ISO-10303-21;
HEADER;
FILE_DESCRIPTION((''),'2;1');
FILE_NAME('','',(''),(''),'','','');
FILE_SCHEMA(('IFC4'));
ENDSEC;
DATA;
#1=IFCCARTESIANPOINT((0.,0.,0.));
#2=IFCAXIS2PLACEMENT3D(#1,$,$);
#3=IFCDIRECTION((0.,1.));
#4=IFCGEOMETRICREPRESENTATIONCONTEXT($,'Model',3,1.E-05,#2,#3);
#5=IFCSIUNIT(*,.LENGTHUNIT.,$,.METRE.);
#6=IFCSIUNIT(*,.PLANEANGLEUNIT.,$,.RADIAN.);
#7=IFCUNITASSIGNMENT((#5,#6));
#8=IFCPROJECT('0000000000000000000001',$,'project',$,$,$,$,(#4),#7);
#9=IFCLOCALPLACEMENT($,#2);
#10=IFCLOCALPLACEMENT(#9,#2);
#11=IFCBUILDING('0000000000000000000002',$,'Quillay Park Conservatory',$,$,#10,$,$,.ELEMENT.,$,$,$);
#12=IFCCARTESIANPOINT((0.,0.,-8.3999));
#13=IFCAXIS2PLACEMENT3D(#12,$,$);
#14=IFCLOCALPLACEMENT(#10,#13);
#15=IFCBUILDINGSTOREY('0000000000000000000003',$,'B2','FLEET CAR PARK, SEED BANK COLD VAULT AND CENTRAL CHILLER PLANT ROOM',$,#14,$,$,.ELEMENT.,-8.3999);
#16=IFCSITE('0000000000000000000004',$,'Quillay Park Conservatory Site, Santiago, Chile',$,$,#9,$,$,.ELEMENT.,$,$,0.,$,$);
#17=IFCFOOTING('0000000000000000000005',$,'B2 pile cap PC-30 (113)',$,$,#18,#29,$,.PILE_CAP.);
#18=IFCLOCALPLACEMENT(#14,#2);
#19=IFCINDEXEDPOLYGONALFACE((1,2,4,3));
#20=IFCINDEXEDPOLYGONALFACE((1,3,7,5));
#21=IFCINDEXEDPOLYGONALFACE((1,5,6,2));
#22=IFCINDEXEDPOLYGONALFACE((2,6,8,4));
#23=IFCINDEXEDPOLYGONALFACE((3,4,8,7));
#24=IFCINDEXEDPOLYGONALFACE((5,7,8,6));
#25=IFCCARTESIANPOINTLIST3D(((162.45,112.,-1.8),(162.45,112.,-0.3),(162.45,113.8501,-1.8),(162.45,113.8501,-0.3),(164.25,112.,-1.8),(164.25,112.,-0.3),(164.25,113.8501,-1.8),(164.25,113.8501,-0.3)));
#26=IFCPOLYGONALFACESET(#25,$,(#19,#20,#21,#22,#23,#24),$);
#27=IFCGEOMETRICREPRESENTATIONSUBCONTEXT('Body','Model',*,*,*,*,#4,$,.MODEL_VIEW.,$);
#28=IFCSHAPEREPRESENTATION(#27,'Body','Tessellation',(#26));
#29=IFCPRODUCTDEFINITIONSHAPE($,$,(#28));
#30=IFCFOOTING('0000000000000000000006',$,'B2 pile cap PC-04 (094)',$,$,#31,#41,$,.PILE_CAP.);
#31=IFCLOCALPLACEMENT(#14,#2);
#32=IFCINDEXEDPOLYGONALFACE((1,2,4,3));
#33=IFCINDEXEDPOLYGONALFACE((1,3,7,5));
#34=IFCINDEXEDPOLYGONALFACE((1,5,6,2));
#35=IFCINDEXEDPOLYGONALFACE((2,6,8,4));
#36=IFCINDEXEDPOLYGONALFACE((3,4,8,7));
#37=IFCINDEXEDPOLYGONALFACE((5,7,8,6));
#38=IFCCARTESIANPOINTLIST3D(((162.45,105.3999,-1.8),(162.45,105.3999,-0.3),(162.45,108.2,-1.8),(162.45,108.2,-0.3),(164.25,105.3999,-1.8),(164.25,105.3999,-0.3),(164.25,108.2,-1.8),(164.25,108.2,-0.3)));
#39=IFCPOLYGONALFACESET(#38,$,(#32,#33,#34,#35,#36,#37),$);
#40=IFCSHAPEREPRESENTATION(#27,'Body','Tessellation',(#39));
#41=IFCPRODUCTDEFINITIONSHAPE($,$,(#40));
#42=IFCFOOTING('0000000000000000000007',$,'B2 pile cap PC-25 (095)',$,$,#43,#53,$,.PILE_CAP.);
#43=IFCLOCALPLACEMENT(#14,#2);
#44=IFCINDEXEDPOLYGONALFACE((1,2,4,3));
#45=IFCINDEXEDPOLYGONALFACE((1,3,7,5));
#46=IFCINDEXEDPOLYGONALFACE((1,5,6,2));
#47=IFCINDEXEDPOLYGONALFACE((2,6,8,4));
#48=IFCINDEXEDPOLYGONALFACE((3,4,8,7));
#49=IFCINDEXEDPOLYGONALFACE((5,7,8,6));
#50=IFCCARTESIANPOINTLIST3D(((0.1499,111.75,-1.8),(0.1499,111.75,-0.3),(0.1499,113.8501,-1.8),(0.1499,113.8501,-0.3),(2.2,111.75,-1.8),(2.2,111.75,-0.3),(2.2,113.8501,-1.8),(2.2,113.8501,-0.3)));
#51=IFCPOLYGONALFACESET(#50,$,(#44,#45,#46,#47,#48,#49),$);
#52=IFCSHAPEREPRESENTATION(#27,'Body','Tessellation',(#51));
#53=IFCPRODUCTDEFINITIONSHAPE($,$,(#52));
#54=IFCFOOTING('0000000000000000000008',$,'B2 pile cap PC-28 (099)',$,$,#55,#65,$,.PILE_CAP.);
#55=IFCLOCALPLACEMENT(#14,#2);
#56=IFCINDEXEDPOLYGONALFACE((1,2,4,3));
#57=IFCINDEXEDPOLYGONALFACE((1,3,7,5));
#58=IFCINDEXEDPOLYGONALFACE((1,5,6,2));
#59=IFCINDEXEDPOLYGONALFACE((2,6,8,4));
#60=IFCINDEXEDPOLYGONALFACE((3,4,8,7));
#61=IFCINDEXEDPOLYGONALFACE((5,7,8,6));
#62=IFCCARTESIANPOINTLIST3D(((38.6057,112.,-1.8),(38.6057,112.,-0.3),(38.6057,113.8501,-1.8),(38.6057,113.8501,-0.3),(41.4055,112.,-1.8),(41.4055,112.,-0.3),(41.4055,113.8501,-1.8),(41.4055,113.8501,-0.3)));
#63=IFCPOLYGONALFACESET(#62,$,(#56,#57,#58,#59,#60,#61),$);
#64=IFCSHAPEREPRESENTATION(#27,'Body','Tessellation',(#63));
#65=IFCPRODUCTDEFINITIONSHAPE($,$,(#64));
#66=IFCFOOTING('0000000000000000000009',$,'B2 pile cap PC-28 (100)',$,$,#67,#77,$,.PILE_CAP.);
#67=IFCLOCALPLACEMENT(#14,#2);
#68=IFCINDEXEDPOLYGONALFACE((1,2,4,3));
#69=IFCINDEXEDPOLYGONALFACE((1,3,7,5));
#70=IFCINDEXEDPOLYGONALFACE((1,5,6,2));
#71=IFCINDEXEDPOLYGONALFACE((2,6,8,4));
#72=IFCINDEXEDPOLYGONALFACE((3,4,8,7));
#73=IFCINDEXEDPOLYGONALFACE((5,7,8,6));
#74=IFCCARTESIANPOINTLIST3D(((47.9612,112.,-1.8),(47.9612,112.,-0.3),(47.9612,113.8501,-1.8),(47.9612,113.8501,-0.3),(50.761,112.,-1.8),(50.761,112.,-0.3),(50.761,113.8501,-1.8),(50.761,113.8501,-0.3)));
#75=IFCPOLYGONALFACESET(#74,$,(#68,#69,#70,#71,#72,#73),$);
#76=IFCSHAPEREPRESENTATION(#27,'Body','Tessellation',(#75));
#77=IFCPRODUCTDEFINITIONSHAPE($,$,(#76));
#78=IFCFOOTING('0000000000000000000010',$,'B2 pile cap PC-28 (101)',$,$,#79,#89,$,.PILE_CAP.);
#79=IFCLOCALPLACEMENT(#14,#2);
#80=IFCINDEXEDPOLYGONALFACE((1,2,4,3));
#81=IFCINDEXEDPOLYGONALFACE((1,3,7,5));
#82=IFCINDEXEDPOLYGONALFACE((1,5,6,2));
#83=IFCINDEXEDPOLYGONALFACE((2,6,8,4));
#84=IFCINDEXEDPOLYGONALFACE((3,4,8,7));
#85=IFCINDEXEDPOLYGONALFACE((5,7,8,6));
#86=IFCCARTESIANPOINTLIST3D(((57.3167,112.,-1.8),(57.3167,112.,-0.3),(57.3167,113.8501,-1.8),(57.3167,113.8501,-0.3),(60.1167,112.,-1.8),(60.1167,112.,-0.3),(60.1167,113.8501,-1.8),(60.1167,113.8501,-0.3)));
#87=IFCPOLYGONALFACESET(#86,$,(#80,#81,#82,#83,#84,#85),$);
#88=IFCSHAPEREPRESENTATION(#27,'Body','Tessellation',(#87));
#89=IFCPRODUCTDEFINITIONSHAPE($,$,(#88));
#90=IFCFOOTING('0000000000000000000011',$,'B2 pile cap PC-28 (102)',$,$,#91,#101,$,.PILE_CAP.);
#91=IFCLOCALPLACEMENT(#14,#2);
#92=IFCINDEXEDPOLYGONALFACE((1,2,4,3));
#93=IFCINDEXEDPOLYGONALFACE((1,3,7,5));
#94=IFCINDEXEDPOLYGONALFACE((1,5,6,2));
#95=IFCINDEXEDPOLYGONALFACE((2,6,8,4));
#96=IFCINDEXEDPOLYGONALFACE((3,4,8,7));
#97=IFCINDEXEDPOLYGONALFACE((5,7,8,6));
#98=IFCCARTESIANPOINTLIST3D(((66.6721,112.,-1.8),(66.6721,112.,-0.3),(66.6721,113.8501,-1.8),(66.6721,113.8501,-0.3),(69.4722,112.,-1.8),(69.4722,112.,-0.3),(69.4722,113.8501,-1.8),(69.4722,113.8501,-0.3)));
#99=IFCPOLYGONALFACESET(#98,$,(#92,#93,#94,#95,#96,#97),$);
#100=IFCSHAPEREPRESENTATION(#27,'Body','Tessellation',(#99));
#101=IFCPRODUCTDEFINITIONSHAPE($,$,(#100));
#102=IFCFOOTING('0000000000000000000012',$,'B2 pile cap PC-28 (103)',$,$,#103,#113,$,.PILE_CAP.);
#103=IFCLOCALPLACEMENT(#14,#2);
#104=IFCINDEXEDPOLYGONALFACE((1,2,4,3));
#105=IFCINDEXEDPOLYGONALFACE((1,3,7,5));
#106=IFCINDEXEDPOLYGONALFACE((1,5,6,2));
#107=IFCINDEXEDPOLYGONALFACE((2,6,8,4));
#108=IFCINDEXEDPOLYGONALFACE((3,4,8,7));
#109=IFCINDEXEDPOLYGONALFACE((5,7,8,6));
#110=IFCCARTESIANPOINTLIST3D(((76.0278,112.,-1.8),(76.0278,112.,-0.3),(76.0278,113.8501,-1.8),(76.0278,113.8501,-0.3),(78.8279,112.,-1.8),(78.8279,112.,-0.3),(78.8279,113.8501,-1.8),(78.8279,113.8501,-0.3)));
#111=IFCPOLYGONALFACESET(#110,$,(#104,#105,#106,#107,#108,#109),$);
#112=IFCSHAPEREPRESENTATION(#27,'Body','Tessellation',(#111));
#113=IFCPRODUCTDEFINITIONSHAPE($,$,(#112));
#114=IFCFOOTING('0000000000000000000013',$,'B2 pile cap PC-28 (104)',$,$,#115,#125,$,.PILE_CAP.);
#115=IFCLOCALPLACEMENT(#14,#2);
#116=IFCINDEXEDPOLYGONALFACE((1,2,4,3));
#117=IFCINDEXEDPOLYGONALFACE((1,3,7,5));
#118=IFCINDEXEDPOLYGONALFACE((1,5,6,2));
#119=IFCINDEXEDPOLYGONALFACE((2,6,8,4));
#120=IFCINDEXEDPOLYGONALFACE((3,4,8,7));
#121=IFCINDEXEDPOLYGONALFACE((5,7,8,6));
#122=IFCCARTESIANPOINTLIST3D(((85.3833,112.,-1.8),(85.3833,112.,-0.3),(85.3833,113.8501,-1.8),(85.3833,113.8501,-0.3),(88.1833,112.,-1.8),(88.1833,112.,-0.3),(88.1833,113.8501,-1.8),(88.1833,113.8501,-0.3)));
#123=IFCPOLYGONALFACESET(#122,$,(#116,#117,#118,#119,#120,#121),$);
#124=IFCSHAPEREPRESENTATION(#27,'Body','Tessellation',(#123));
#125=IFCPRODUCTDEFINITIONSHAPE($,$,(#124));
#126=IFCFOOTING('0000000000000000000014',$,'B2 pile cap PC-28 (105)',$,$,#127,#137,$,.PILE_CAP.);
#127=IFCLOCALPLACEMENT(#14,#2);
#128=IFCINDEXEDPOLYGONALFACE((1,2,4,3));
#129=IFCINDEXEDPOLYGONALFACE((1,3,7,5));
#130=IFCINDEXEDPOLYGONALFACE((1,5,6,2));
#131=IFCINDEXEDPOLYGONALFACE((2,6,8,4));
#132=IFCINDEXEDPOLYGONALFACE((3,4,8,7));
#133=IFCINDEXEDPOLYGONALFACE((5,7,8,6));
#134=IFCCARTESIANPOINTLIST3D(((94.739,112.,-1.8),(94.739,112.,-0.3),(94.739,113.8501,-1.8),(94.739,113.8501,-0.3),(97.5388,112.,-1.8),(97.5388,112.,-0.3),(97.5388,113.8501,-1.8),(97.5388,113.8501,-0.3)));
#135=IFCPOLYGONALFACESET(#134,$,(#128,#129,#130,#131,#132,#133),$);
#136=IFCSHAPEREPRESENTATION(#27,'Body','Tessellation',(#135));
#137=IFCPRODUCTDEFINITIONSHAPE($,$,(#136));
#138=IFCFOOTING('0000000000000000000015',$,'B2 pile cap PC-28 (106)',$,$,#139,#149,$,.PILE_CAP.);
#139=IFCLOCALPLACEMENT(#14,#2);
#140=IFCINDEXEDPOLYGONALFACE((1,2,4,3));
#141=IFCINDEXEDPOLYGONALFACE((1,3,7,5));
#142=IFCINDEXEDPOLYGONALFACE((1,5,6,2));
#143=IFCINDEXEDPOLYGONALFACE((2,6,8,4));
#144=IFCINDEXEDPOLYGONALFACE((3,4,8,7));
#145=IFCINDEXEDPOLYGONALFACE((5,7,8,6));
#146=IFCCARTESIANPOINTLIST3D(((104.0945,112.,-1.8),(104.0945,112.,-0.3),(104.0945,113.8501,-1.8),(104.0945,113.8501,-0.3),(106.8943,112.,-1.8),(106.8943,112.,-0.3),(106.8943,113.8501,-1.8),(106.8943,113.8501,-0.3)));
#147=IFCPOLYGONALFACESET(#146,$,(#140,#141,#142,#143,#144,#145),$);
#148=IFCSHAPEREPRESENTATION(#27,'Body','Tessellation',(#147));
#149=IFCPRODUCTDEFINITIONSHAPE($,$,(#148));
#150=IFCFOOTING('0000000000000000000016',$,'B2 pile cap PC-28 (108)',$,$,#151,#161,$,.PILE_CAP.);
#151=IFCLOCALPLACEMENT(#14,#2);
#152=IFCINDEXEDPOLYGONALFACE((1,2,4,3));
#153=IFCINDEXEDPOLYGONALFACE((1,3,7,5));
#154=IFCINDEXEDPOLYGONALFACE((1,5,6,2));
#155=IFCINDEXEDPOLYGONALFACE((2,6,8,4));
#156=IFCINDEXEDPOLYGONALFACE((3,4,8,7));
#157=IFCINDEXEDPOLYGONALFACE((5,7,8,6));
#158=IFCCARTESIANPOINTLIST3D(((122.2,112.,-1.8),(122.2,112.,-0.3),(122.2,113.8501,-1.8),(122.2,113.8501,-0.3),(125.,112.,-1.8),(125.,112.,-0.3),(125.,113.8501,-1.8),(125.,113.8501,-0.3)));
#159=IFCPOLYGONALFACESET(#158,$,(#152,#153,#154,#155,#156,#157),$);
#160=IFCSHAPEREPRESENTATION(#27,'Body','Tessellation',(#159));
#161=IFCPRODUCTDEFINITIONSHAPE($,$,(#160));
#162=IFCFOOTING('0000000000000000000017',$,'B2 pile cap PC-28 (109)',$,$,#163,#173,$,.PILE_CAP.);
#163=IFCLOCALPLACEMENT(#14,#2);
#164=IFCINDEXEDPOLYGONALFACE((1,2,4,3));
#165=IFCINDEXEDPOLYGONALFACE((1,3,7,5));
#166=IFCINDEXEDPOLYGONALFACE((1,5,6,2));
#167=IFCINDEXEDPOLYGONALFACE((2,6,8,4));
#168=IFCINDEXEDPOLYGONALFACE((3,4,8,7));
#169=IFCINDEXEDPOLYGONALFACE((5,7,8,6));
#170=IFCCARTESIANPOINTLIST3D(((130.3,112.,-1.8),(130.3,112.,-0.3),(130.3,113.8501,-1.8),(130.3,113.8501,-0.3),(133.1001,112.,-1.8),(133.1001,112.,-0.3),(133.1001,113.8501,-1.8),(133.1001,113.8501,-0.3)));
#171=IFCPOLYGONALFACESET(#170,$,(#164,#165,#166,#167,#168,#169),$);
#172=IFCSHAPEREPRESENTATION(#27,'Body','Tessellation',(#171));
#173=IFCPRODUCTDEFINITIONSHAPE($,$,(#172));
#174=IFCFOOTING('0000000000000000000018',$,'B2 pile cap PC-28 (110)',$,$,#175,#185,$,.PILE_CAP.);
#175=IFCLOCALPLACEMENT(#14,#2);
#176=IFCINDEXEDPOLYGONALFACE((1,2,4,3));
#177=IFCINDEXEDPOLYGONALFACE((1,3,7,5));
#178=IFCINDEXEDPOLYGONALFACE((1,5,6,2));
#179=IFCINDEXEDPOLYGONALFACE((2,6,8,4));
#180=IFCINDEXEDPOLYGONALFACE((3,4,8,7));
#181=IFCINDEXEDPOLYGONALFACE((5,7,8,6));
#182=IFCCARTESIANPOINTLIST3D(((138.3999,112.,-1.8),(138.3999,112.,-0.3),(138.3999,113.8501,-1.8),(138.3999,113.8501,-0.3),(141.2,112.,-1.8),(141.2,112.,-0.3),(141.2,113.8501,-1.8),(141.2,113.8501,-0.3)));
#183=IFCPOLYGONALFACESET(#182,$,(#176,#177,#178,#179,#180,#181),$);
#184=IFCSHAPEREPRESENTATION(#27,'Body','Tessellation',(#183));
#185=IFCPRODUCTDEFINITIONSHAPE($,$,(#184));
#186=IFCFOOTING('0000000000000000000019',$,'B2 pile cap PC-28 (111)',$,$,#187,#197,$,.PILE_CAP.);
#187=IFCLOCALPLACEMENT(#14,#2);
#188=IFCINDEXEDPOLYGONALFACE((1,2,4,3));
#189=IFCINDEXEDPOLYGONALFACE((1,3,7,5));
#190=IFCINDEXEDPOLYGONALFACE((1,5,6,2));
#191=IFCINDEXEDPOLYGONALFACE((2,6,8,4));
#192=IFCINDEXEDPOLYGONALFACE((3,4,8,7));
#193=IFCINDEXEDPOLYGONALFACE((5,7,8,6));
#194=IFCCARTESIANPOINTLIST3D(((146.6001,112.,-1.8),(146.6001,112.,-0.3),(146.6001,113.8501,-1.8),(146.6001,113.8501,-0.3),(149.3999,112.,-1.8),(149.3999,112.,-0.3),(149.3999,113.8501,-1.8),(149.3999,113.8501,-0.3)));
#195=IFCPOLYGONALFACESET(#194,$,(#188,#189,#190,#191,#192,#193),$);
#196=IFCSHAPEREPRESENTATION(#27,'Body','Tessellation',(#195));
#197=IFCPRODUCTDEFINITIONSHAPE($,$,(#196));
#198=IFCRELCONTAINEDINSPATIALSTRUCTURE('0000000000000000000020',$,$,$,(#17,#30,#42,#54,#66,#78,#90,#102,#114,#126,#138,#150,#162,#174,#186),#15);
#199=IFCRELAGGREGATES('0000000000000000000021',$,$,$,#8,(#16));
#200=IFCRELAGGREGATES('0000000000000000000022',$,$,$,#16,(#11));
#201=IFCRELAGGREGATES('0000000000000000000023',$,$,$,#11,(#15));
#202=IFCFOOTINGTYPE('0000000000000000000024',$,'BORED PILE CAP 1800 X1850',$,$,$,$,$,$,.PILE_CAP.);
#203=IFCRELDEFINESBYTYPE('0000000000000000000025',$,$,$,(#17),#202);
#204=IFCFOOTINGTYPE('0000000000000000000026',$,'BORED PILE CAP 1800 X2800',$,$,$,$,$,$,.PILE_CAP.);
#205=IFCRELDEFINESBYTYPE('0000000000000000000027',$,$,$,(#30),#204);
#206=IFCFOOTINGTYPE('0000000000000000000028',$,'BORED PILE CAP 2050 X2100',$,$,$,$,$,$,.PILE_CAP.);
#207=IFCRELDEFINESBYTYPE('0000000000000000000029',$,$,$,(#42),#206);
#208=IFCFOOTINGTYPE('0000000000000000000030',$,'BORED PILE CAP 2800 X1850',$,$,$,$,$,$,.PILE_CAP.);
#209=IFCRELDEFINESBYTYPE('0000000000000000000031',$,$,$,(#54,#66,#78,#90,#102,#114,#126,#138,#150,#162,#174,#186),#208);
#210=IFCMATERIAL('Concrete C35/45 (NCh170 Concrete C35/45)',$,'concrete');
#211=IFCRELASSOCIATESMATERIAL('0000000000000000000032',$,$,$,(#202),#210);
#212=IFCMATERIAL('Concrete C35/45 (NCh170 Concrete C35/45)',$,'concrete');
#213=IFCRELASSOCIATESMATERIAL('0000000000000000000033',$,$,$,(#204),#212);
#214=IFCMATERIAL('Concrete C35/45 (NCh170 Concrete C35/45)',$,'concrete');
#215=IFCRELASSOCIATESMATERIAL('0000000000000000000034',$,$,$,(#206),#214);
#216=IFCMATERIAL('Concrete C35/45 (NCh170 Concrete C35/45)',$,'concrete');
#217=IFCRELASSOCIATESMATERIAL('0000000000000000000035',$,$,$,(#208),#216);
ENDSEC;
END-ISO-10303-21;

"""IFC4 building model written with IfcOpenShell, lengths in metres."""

from ifc_helpers import new_model, si_unit, direction, frame, origin, place, context, subcontext, project, spatial, polyline, outline, extrude, material, type_object, element, save


model = new_model("IFC4")

# Units and contexts
model_context = context("Model", 3, precision=1e-05, world=origin(), true_north=direction((0.0, 1.0)))
body_context = subcontext(model_context, "Body", "Model", "MODEL_VIEW")
ifc_project = project(units=[si_unit("LENGTHUNIT", "METRE"), si_unit("PLANEANGLEUNIT", "RADIAN")], contexts=[model_context])

# Site, building, storey
site_placement = place(None, origin())
site = spatial("IfcSite", under=ifc_project, at=site_placement, Name="Quillay Park Conservatory Site, Santiago, Chile", CompositionType="ELEMENT", RefElevation=0.0)
building_placement = place(site_placement, origin())
building = spatial("IfcBuilding", under=site, at=building_placement, Name="Quillay Park Conservatory", CompositionType="ELEMENT")
storey_placement = place(building_placement, frame((0.0, 0.0, -8.3999)))
storey = spatial("IfcBuildingStorey", under=building, at=storey_placement, Name="B2", Description="FLEET CAR PARK, SEED BANK COLD VAULT AND CENTRAL CHILLER PLANT ROOM", CompositionType="ELEMENT", Elevation=-8.3999)

# Footings
ifc_material_1 = material(Name="Concrete C35/45 (NCh170 Concrete C35/45)", Category="concrete")
footing_type_1 = type_object("IfcFootingType", Name="BORED PILE CAP 1800 X1850", PredefinedType="PILE_CAP", material=ifc_material_1)
footing_1_placement = place(storey_placement, frame((0.0, 0.0, -1.8)))
element("IfcFooting", 1, at=footing_1_placement, inside=storey, type_object=footing_type_1, Name="B2 pile cap PC-30 (113)", PredefinedType="PILE_CAP", context=body_context, shape_type="SweptSolid", body=[
    extrude(outline(polyline([(162.45, 112.0), (164.25, 112.0), (164.25, 113.8501), (162.45, 113.8501), (162.45, 112.0)])), origin(), (0.0, 0.0, 1.0), 1.5),
])
ifc_material_2 = material(Name="Concrete C35/45 (NCh170 Concrete C35/45)", Category="concrete")
footing_type_2 = type_object("IfcFootingType", Name="BORED PILE CAP 1800 X2800", PredefinedType="PILE_CAP", material=ifc_material_2)
footing_2_placement = place(storey_placement, frame((0.0, 0.0, -1.8)))
element("IfcFooting", 2, at=footing_2_placement, inside=storey, type_object=footing_type_2, Name="B2 pile cap PC-04 (094)", PredefinedType="PILE_CAP", context=body_context, shape_type="SweptSolid", body=[
    extrude(outline(polyline([(162.45, 105.3999), (164.25, 105.3999), (164.25, 108.2), (162.45, 108.2), (162.45, 105.3999)])), origin(), (0.0, 0.0, 1.0), 1.5),
])
ifc_material_3 = material(Name="Concrete C35/45 (NCh170 Concrete C35/45)", Category="concrete")
footing_type_3 = type_object("IfcFootingType", Name="BORED PILE CAP 2050 X2100", PredefinedType="PILE_CAP", material=ifc_material_3)
footing_3_placement = place(storey_placement, frame((0.0, 0.0, -1.8)))
element("IfcFooting", 3, at=footing_3_placement, inside=storey, type_object=footing_type_3, Name="B2 pile cap PC-25 (095)", PredefinedType="PILE_CAP", context=body_context, shape_type="SweptSolid", body=[
    extrude(outline(polyline([(0.1499, 111.75), (2.2, 111.75), (2.2, 113.8501), (0.1499, 113.8501), (0.1499, 111.75)])), origin(), (0.0, 0.0, 1.0), 1.5),
])
ifc_material_4 = material(Name="Concrete C35/45 (NCh170 Concrete C35/45)", Category="concrete")
footing_type_4 = type_object("IfcFootingType", Name="BORED PILE CAP 2800 X1850", PredefinedType="PILE_CAP", material=ifc_material_4)
footing_4_placement = place(storey_placement, frame((0.0, 0.0, -1.8)))
element("IfcFooting", 4, at=footing_4_placement, inside=storey, type_object=footing_type_4, Name="B2 pile cap PC-28 (099)", PredefinedType="PILE_CAP", context=body_context, shape_type="SweptSolid", body=[
    extrude(outline(polyline([(38.6057, 112.0), (41.4055, 112.0), (41.4055, 113.8501), (38.6057, 113.8501), (38.6057, 112.0)])), origin(), (0.0, 0.0, 1.0), 1.5),
])
footing_5_placement = place(storey_placement, frame((0.0, 0.0, -1.8)))
element("IfcFooting", 5, at=footing_5_placement, inside=storey, type_object=footing_type_4, Name="B2 pile cap PC-28 (100)", PredefinedType="PILE_CAP", context=body_context, shape_type="SweptSolid", body=[
    extrude(outline(polyline([(47.9612, 112.0), (50.761, 112.0), (50.761, 113.8501), (47.9612, 113.8501), (47.9612, 112.0)])), origin(), (0.0, 0.0, 1.0), 1.5),
])
footing_6_placement = place(storey_placement, frame((0.0, 0.0, -1.8)))
element("IfcFooting", 6, at=footing_6_placement, inside=storey, type_object=footing_type_4, Name="B2 pile cap PC-28 (101)", PredefinedType="PILE_CAP", context=body_context, shape_type="SweptSolid", body=[
    extrude(outline(polyline([(57.3167, 112.0), (60.1167, 112.0), (60.1167, 113.8501), (57.3167, 113.8501), (57.3167, 112.0)])), origin(), (0.0, 0.0, 1.0), 1.5),
])
footing_7_placement = place(storey_placement, frame((0.0, 0.0, -1.8)))
element("IfcFooting", 7, at=footing_7_placement, inside=storey, type_object=footing_type_4, Name="B2 pile cap PC-28 (102)", PredefinedType="PILE_CAP", context=body_context, shape_type="SweptSolid", body=[
    extrude(outline(polyline([(66.6721, 112.0), (69.4722, 112.0), (69.4722, 113.8501), (66.6721, 113.8501), (66.6721, 112.0)])), origin(), (0.0, 0.0, 1.0), 1.5),
])
footing_8_placement = place(storey_placement, frame((0.0, 0.0, -1.8)))
element("IfcFooting", 8, at=footing_8_placement, inside=storey, type_object=footing_type_4, Name="B2 pile cap PC-28 (103)", PredefinedType="PILE_CAP", context=body_context, shape_type="SweptSolid", body=[
    extrude(outline(polyline([(76.0278, 112.0), (78.8279, 112.0), (78.8279, 113.8501), (76.0278, 113.8501), (76.0278, 112.0)])), origin(), (0.0, 0.0, 1.0), 1.5),
])
footing_9_placement = place(storey_placement, frame((0.0, 0.0, -1.8)))
element("IfcFooting", 9, at=footing_9_placement, inside=storey, type_object=footing_type_4, Name="B2 pile cap PC-28 (104)", PredefinedType="PILE_CAP", context=body_context, shape_type="SweptSolid", body=[
    extrude(outline(polyline([(85.3833, 112.0), (88.1833, 112.0), (88.1833, 113.8501), (85.3833, 113.8501), (85.3833, 112.0)])), origin(), (0.0, 0.0, 1.0), 1.5),
])
footing_10_placement = place(storey_placement, frame((0.0, 0.0, -1.8)))
element("IfcFooting", 10, at=footing_10_placement, inside=storey, type_object=footing_type_4, Name="B2 pile cap PC-28 (105)", PredefinedType="PILE_CAP", context=body_context, shape_type="SweptSolid", body=[
    extrude(outline(polyline([(94.739, 112.0), (97.5388, 112.0), (97.5388, 113.8501), (94.739, 113.8501), (94.739, 112.0)])), origin(), (0.0, 0.0, 1.0), 1.5),
])
footing_11_placement = place(storey_placement, frame((0.0, 0.0, -1.8)))
element("IfcFooting", 11, at=footing_11_placement, inside=storey, type_object=footing_type_4, Name="B2 pile cap PC-28 (106)", PredefinedType="PILE_CAP", context=body_context, shape_type="SweptSolid", body=[
    extrude(outline(polyline([(104.0945, 112.0), (106.8943, 112.0), (106.8943, 113.8501), (104.0945, 113.8501), (104.0945, 112.0)])), origin(), (0.0, 0.0, 1.0), 1.5),
])
footing_12_placement = place(storey_placement, frame((0.0, 0.0, -1.8)))
element("IfcFooting", 12, at=footing_12_placement, inside=storey, type_object=footing_type_4, Name="B2 pile cap PC-28 (108)", PredefinedType="PILE_CAP", context=body_context, shape_type="SweptSolid", body=[
    extrude(outline(polyline([(122.2, 112.0), (125.0, 112.0), (125.0, 113.8501), (122.2, 113.8501), (122.2, 112.0)])), origin(), (0.0, 0.0, 1.0), 1.5),
])
footing_13_placement = place(storey_placement, frame((0.0, 0.0, -1.8)))
element("IfcFooting", 13, at=footing_13_placement, inside=storey, type_object=footing_type_4, Name="B2 pile cap PC-28 (109)", PredefinedType="PILE_CAP", context=body_context, shape_type="SweptSolid", body=[
    extrude(outline(polyline([(130.3, 112.0), (133.1001, 112.0), (133.1001, 113.8501), (130.3, 113.8501), (130.3, 112.0)])), origin(), (0.0, 0.0, 1.0), 1.5),
])
footing_14_placement = place(storey_placement, frame((0.0, 0.0, -1.8)))
element("IfcFooting", 14, at=footing_14_placement, inside=storey, type_object=footing_type_4, Name="B2 pile cap PC-28 (110)", PredefinedType="PILE_CAP", context=body_context, shape_type="SweptSolid", body=[
    extrude(outline(polyline([(138.3999, 112.0), (141.2, 112.0), (141.2, 113.8501), (138.3999, 113.8501), (138.3999, 112.0)])), origin(), (0.0, 0.0, 1.0), 1.5),
])
footing_15_placement = place(storey_placement, frame((0.0, 0.0, -1.8)))
element("IfcFooting", 15, at=footing_15_placement, inside=storey, type_object=footing_type_4, Name="B2 pile cap PC-28 (111)", PredefinedType="PILE_CAP", context=body_context, shape_type="SweptSolid", body=[
    extrude(outline(polyline([(146.6001, 112.0), (149.3999, 112.0), (149.3999, 113.8501), (146.6001, 113.8501), (146.6001, 112.0)])), origin(), (0.0, 0.0, 1.0), 1.5),
])

save(model, "model.ifc")
